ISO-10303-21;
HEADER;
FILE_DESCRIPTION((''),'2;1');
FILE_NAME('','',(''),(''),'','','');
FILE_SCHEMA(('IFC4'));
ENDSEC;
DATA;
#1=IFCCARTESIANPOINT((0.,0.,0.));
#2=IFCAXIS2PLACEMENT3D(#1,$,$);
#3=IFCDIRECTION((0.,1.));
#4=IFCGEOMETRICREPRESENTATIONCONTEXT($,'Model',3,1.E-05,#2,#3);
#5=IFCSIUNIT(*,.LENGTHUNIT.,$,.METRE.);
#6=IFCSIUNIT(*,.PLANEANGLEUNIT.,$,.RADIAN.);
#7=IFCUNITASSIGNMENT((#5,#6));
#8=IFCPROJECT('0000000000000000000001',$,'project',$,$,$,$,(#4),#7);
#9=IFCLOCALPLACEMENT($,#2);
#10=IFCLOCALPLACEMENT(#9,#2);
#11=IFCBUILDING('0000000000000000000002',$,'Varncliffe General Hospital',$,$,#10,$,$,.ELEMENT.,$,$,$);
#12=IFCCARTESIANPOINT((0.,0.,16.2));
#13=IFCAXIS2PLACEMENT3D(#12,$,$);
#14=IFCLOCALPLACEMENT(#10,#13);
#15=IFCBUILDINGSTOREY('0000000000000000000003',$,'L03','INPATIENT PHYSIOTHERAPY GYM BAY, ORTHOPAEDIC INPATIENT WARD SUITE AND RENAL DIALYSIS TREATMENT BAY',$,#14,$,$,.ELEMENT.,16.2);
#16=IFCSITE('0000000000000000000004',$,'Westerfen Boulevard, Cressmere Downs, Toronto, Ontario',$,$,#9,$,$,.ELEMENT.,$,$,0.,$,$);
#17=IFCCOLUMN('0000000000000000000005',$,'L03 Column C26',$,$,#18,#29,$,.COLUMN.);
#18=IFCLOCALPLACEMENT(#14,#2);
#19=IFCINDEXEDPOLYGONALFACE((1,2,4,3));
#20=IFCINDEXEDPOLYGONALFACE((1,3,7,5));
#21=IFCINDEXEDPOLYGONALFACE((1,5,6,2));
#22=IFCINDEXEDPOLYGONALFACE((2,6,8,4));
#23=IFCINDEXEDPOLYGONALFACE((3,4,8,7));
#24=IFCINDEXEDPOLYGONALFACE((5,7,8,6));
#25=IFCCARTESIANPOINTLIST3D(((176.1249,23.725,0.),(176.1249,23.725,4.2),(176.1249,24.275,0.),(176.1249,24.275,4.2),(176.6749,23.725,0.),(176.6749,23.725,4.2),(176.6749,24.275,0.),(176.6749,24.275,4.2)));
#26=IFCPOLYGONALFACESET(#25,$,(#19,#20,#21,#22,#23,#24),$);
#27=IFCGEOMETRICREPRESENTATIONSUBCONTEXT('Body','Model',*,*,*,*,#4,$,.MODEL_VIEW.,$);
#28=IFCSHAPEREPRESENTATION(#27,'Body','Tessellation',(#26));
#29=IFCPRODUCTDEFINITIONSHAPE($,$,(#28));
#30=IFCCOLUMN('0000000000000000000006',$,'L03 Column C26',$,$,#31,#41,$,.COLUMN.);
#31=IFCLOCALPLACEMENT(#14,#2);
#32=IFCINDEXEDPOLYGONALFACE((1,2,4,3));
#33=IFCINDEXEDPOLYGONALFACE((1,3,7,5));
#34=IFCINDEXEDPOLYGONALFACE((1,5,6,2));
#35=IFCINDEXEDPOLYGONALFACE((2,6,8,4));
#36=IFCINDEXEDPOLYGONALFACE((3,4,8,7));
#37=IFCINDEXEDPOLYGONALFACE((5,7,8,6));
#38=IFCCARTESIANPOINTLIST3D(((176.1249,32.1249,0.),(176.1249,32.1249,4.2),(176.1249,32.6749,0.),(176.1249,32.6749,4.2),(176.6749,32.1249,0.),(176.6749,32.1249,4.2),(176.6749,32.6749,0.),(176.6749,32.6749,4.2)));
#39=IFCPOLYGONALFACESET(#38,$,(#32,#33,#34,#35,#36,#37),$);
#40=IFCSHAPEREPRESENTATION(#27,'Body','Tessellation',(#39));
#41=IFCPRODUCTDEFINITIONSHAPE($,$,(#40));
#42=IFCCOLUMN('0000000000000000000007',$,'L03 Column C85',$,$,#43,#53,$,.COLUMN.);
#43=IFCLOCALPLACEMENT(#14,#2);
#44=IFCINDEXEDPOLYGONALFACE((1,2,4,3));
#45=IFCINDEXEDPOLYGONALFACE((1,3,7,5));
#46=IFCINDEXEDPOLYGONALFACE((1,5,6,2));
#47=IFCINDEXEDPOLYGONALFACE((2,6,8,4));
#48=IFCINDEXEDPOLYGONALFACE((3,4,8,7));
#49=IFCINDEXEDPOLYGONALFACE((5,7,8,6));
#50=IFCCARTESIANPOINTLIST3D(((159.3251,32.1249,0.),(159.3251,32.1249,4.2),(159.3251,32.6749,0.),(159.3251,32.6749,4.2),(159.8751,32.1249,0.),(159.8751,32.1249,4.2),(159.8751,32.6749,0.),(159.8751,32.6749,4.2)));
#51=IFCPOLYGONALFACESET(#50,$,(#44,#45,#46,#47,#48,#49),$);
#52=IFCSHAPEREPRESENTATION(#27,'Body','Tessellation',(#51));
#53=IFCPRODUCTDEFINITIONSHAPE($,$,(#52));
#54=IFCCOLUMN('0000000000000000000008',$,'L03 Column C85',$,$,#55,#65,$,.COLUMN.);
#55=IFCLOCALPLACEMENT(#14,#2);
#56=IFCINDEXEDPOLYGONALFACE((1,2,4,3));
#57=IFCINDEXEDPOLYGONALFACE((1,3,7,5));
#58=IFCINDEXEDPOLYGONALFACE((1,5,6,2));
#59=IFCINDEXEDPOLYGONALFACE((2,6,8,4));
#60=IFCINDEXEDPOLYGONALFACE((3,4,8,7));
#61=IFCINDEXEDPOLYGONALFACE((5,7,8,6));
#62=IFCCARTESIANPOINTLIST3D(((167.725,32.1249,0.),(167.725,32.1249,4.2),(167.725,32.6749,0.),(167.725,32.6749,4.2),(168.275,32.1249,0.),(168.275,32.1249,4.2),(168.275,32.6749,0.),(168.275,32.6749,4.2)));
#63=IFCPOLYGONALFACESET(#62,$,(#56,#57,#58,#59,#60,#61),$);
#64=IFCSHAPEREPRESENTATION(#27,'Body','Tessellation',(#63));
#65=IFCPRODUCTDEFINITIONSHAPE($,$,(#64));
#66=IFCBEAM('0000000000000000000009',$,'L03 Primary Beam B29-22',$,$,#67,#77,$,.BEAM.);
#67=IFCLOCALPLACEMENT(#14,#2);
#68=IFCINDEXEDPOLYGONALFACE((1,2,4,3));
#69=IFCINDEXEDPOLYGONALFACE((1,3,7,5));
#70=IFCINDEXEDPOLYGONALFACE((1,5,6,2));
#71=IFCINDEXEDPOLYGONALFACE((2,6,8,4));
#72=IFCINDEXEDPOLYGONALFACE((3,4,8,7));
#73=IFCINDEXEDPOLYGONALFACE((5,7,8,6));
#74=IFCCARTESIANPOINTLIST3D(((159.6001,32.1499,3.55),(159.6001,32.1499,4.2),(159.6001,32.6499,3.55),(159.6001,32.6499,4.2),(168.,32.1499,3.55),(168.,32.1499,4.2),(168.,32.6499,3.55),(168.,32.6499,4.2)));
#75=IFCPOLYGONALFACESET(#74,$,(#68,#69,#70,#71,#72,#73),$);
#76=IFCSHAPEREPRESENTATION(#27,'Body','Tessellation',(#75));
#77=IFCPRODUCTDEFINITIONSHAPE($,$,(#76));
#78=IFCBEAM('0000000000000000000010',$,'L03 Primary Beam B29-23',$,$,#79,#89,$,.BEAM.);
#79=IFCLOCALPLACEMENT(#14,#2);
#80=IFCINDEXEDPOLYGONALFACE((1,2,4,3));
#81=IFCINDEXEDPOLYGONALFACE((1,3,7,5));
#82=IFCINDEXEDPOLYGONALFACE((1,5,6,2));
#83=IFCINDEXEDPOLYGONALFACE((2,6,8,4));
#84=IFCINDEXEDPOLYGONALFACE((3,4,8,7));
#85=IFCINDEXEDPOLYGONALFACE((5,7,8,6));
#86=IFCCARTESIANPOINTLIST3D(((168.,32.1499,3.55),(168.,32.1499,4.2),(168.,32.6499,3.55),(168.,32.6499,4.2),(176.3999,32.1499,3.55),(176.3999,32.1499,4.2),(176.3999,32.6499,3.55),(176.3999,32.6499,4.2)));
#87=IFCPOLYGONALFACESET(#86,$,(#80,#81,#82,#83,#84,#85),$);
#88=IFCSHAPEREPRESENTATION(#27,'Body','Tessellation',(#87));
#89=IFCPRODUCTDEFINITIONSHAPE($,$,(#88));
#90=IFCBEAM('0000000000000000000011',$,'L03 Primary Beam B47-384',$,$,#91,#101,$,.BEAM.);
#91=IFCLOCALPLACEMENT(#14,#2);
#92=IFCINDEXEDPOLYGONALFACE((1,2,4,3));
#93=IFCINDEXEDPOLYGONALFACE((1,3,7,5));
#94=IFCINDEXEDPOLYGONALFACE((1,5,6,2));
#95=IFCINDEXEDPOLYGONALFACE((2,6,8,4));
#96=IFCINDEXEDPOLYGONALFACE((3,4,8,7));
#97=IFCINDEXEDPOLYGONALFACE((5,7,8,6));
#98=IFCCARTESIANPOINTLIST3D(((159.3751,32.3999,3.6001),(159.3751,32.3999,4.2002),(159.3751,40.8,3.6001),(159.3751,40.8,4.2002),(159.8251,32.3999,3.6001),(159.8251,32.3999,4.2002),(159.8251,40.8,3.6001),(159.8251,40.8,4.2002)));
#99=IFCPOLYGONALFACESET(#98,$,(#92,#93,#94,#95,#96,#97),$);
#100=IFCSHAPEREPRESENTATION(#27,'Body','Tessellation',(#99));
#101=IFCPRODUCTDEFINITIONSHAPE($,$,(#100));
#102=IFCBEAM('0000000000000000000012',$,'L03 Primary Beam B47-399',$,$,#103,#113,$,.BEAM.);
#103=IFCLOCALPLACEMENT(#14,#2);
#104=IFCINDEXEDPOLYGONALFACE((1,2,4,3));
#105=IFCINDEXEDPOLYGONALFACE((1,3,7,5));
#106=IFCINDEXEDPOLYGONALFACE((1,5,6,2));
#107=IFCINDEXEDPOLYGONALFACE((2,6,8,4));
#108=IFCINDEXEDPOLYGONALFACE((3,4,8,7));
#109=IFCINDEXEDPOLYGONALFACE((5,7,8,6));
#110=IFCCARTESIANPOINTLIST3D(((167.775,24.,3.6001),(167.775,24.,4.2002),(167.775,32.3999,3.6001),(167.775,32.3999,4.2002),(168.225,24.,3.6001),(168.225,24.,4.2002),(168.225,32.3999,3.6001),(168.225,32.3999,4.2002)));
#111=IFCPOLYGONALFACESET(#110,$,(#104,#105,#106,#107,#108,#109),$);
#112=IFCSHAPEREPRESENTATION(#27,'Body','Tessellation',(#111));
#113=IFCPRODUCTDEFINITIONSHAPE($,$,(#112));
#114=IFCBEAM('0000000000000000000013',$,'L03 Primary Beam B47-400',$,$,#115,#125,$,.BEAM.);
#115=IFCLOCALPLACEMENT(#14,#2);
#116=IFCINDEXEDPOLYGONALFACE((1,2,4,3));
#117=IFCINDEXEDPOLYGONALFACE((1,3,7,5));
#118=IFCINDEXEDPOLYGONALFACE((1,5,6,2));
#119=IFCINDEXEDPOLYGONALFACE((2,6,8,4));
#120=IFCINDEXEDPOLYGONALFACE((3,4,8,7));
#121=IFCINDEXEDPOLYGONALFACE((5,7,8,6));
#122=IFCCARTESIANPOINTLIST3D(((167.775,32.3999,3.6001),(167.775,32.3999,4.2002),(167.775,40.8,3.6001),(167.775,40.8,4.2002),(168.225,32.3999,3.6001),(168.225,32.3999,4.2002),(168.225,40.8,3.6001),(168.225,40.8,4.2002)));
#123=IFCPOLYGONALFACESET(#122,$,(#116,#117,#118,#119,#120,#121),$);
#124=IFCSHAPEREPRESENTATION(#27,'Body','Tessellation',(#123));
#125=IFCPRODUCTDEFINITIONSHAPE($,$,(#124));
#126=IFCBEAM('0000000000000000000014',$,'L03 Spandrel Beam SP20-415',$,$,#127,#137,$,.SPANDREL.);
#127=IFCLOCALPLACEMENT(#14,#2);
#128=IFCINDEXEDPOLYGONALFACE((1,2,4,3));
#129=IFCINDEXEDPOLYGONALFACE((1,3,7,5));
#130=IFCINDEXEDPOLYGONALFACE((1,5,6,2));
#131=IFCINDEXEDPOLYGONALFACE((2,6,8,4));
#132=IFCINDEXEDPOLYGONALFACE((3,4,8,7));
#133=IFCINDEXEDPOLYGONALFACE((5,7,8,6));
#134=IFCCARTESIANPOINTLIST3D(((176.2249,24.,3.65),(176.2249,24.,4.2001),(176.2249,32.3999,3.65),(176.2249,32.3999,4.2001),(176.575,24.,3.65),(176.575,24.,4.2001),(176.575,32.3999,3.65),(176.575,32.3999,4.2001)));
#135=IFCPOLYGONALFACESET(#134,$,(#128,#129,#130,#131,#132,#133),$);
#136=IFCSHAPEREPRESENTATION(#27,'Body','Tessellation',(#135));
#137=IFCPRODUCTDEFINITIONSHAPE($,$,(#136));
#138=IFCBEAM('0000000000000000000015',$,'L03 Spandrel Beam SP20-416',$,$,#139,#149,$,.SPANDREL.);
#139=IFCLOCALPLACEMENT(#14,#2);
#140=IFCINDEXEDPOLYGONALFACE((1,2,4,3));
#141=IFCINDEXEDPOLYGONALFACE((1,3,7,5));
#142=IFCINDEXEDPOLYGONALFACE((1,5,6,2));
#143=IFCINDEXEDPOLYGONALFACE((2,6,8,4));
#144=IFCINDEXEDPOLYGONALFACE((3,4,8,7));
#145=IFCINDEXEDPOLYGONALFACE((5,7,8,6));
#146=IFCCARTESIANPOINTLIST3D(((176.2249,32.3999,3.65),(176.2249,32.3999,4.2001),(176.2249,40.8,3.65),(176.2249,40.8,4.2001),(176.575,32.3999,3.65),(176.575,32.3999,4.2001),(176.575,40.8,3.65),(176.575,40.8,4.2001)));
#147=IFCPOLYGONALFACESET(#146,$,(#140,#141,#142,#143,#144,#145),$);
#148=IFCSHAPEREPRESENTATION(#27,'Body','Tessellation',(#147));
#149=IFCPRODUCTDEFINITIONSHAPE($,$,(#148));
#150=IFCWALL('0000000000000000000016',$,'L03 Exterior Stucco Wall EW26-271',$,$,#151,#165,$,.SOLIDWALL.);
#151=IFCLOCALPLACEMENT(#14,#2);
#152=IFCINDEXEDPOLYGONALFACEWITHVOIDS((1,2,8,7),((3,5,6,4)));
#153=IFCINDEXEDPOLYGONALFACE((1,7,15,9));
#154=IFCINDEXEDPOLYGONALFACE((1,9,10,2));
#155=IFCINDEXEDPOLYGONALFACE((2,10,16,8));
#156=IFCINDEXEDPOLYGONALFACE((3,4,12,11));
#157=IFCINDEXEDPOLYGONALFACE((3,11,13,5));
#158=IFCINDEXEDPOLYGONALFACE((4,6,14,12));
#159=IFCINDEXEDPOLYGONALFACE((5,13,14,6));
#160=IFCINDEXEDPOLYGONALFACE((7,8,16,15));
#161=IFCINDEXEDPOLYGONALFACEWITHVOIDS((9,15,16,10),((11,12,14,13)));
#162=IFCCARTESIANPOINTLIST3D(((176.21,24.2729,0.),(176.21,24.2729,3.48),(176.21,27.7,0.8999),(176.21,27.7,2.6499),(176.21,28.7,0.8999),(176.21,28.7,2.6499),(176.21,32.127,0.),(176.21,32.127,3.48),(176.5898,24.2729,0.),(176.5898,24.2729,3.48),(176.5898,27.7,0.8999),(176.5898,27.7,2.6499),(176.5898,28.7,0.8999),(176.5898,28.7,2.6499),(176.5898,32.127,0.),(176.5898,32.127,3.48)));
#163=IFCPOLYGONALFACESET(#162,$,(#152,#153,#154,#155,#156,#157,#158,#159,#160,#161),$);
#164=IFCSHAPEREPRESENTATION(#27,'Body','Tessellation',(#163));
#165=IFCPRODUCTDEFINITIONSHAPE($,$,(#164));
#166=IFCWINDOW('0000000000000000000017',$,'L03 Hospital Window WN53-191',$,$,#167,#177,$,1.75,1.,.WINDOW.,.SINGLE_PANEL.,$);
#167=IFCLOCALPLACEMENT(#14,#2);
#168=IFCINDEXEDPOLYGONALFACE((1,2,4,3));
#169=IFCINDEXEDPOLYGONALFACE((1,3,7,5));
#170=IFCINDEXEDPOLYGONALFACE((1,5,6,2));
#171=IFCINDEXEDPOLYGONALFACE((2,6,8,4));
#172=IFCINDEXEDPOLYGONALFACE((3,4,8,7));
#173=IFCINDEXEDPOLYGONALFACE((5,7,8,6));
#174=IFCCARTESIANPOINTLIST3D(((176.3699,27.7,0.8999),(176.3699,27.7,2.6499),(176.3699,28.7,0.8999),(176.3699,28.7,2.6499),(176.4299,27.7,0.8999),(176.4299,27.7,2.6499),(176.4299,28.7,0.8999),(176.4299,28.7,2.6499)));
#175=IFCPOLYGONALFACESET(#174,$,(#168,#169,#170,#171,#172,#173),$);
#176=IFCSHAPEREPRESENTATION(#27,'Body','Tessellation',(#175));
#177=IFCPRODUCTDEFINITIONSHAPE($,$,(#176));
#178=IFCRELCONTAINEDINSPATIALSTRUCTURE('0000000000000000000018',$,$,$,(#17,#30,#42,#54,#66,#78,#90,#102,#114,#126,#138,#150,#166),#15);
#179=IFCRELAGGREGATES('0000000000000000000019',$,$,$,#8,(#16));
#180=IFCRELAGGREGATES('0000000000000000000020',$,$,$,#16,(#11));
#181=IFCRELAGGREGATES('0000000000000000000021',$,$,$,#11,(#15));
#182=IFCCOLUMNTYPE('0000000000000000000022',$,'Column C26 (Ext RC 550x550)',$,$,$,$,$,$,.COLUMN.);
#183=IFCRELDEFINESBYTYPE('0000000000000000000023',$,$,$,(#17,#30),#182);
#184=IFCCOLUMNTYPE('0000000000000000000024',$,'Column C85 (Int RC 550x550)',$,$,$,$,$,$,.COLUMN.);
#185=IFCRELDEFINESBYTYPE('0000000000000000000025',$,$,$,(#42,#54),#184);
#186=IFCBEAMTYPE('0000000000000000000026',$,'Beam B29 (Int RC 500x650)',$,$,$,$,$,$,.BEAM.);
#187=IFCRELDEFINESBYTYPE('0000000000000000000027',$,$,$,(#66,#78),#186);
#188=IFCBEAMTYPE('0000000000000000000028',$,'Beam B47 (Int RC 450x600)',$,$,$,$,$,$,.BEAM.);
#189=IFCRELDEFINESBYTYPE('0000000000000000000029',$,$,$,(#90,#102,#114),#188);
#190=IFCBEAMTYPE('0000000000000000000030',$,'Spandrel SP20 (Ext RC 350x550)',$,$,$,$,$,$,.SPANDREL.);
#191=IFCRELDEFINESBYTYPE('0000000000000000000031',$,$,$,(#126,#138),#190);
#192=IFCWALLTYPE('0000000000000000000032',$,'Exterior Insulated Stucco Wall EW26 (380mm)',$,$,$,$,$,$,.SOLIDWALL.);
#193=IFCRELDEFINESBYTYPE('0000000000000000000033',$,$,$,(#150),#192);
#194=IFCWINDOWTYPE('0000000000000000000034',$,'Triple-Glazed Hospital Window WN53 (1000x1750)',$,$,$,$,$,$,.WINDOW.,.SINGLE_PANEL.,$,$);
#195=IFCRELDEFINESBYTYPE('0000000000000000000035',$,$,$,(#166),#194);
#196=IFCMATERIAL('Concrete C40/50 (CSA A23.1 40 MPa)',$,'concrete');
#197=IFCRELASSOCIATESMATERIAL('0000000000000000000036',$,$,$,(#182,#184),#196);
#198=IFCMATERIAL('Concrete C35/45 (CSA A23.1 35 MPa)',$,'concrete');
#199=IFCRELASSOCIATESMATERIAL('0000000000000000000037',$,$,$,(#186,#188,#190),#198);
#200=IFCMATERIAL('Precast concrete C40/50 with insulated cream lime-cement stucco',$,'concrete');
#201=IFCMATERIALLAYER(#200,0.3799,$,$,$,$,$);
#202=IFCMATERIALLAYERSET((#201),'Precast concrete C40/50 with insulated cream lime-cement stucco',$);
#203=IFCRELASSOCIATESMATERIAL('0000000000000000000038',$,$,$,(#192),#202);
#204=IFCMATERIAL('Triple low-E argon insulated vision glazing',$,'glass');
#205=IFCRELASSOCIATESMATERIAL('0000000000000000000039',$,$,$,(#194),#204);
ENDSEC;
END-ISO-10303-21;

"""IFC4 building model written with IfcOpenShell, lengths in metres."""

from ifc_helpers import new_model, si_unit, direction, frame, frame_2d, origin, origin_2d, place, context, subcontext, project, spatial, rectangle, extrude, material, layer, layer_set, material_profile, profile_set, type_object, element, fill, save


model = new_model("IFC4")

# Units and contexts
model_context = context("Model", 3, precision=1e-05, world=origin(), true_north=direction((0.0, 1.0)))
body_context = subcontext(model_context, "Body", "Model", "MODEL_VIEW")
ifc_project = project(units=[si_unit("LENGTHUNIT", "METRE"), si_unit("PLANEANGLEUNIT", "RADIAN")], contexts=[model_context])

# Site, building, storey
site_placement = place(None, origin())
site = spatial("IfcSite", under=ifc_project, at=site_placement, Name="Westerfen Boulevard, Cressmere Downs, Toronto, Ontario", CompositionType="ELEMENT", RefElevation=0.0)
building_placement = place(site_placement, origin())
building = spatial("IfcBuilding", under=site, at=building_placement, Name="Varncliffe General Hospital", CompositionType="ELEMENT")
storey_placement = place(building_placement, frame((0.0, 0.0, 16.2)))
storey = spatial("IfcBuildingStorey", under=building, at=storey_placement, Name="L03", Description="INPATIENT PHYSIOTHERAPY GYM BAY, ORTHOPAEDIC INPATIENT WARD SUITE AND RENAL DIALYSIS TREATMENT BAY", CompositionType="ELEMENT", Elevation=16.2)

# Columns
ifc_material_1 = material(Name="Concrete C40/50 (CSA A23.1 40 MPa)", Category="concrete")
ifc_material_profile_1 = material_profile(ifc_material_1, rectangle(XDim=0.55, YDim=0.55, at=origin_2d()), Name="RC 550x550")
ifc_profile_set_1 = profile_set([ifc_material_profile_1], Name="Concrete C40/50 (CSA A23.1 40 MPa)")
column_type_1 = type_object("IfcColumnType", Name="Column C26 (Ext RC 550x550)", PredefinedType="COLUMN", material=ifc_profile_set_1)
for number, where, z_axis, x_axis, name in (
    (1, (176.3999, 24.0, 0.0), (0.0, 0.0, 1.0), (1.0, 0.0, 0.0), "L03 Column C26"),
    (2, (176.3999, 32.3999, 0.0), (0.0, 0.0, 1.0), (1.0, 0.0, 0.0), "L03 Column C26"),
):
    element("IfcColumn", number, at=place(storey_placement, frame(where, z_axis=z_axis, x_axis=x_axis)), inside=storey, type_object=column_type_1, Name=name, PredefinedType="COLUMN", context=body_context, shape_type="SweptSolid", body=[
        extrude(rectangle(XDim=0.55, YDim=0.55, at=origin_2d()), origin(), (0.0, 0.0, 1.0), 4.2),
    ])
ifc_material_profile_2 = material_profile(ifc_material_1, rectangle(XDim=0.55, YDim=0.55, at=origin_2d()), Name="RC 550x550")
ifc_profile_set_2 = profile_set([ifc_material_profile_2], Name="Concrete C40/50 (CSA A23.1 40 MPa)")
column_type_2 = type_object("IfcColumnType", Name="Column C85 (Int RC 550x550)", PredefinedType="COLUMN", material=ifc_profile_set_2)
for number, where, z_axis, x_axis, name in (
    (3, (159.6001, 32.3999, 0.0), (0.0, 0.0, 1.0), (1.0, 0.0, 0.0), "L03 Column C85"),
    (4, (168.0, 32.3999, 0.0), (0.0, 0.0, 1.0), (1.0, 0.0, 0.0), "L03 Column C85"),
):
    element("IfcColumn", number, at=place(storey_placement, frame(where, z_axis=z_axis, x_axis=x_axis)), inside=storey, type_object=column_type_2, Name=name, PredefinedType="COLUMN", context=body_context, shape_type="SweptSolid", body=[
        extrude(rectangle(XDim=0.55, YDim=0.55, at=origin_2d()), origin(), (0.0, 0.0, 1.0), 4.2),
    ])

# Beams
ifc_material_2 = material(Name="Concrete C35/45 (CSA A23.1 35 MPa)", Category="concrete")
ifc_material_profile_3 = material_profile(ifc_material_2, rectangle(XDim=0.5, YDim=0.6499, at=origin_2d()), Name="RC 500x650")
ifc_profile_set_3 = profile_set([ifc_material_profile_3], Name="Concrete C35/45 (CSA A23.1 35 MPa)")
beam_type_1 = type_object("IfcBeamType", Name="Beam B29 (Int RC 500x650)", PredefinedType="BEAM", material=ifc_profile_set_3)
for number, where, z_axis, x_axis, name in (
    (5, (159.6001, 32.3999, 3.875), (1.0, 0.0, 0.0), (0.0, 1.0, 0.0), "L03 Primary Beam B29-22"),
    (6, (168.0, 32.3999, 3.875), (1.0, 0.0, 0.0), (0.0, 1.0, 0.0), "L03 Primary Beam B29-23"),
):
    element("IfcBeam", number, at=place(storey_placement, frame(where, z_axis=z_axis, x_axis=x_axis)), inside=storey, type_object=beam_type_1, Name=name, PredefinedType="BEAM", context=body_context, shape_type="SweptSolid", body=[
        extrude(rectangle(XDim=0.5, YDim=0.6499, at=origin_2d()), origin(), (0.0, 0.0, 1.0), 8.3999),
    ])
ifc_material_profile_4 = material_profile(ifc_material_2, rectangle(XDim=0.45, YDim=0.6001, at=origin_2d()), Name="RC 450x600")
ifc_profile_set_4 = profile_set([ifc_material_profile_4], Name="Concrete C35/45 (CSA A23.1 35 MPa)")
beam_type_2 = type_object("IfcBeamType", Name="Beam B47 (Int RC 450x600)", PredefinedType="BEAM", material=ifc_profile_set_4)
beam_1_placement = place(storey_placement, frame((159.6001, 32.3999, 3.9001), z_axis=(0.0, 1.0, 0.0), x_axis=(-1.0, 0.0, 0.0)))
element("IfcBeam", 7, at=beam_1_placement, inside=storey, type_object=beam_type_2, Name="L03 Primary Beam B47-384", PredefinedType="BEAM", context=body_context, shape_type="SweptSolid", body=[
    extrude(rectangle(XDim=0.45, YDim=0.6001, at=origin_2d()), origin(), (0.0, 0.0, 1.0), 8.4001),
])
beam_2_placement = place(storey_placement, frame((168.0, 24.0, 3.9001), z_axis=(0.0, 1.0, 0.0), x_axis=(-1.0, 0.0, 0.0)))
element("IfcBeam", 8, at=beam_2_placement, inside=storey, type_object=beam_type_2, Name="L03 Primary Beam B47-399", PredefinedType="BEAM", context=body_context, shape_type="SweptSolid", body=[
    extrude(rectangle(XDim=0.45, YDim=0.6001, at=origin_2d()), origin(), (0.0, 0.0, 1.0), 8.3999),
])
beam_3_placement = place(storey_placement, frame((168.0, 32.3999, 3.9001), z_axis=(0.0, 1.0, 0.0), x_axis=(-1.0, 0.0, 0.0)))
element("IfcBeam", 9, at=beam_3_placement, inside=storey, type_object=beam_type_2, Name="L03 Primary Beam B47-400", PredefinedType="BEAM", context=body_context, shape_type="SweptSolid", body=[
    extrude(rectangle(XDim=0.45, YDim=0.6001, at=origin_2d()), origin(), (0.0, 0.0, 1.0), 8.4001),
])
ifc_material_profile_5 = material_profile(ifc_material_2, rectangle(XDim=0.3501, YDim=0.55, at=origin_2d()), Name="RC 350x550")
ifc_profile_set_5 = profile_set([ifc_material_profile_5], Name="Concrete C35/45 (CSA A23.1 35 MPa)")
beam_type_3 = type_object("IfcBeamType", Name="Spandrel SP20 (Ext RC 350x550)", PredefinedType="SPANDREL", material=ifc_profile_set_5)
beam_4_placement = place(storey_placement, frame((176.3999, 24.0, 3.925), z_axis=(0.0, 1.0, 0.0), x_axis=(-1.0, 0.0, 0.0)))
element("IfcBeam", 10, at=beam_4_placement, inside=storey, type_object=beam_type_3, Name="L03 Spandrel Beam SP20-415", PredefinedType="SPANDREL", context=body_context, shape_type="SweptSolid", body=[
    extrude(rectangle(XDim=0.3501, YDim=0.55, at=origin_2d()), origin(), (0.0, 0.0, 1.0), 8.3999),
])
beam_5_placement = place(storey_placement, frame((176.3999, 32.3999, 3.925), z_axis=(0.0, 1.0, 0.0), x_axis=(-1.0, 0.0, 0.0)))
element("IfcBeam", 11, at=beam_5_placement, inside=storey, type_object=beam_type_3, Name="L03 Spandrel Beam SP20-416", PredefinedType="SPANDREL", context=body_context, shape_type="SweptSolid", body=[
    extrude(rectangle(XDim=0.3501, YDim=0.55, at=origin_2d()), origin(), (0.0, 0.0, 1.0), 8.4001),
])

# Wall, opening, window
ifc_material_3 = material(Name="Precast concrete C40/50 with insulated cream lime-cement stucco", Category="concrete")
ifc_layer_1 = layer(ifc_material_3, 0.3799)
ifc_layer_set_1 = layer_set([ifc_layer_1], Name="Precast concrete C40/50 with insulated cream lime-cement stucco")
wall_type_1 = type_object("IfcWallType", Name="Exterior Insulated Stucco Wall EW26 (380mm)", PredefinedType="SOLIDWALL", material=ifc_layer_set_1)
wall_1_placement = place(storey_placement, frame((176.3999, 32.127, 0.0), z_axis=(0.0, 0.0, 1.0), x_axis=(0.0, -1.0, 0.0)))
wall_1 = element("IfcWall", 12, at=wall_1_placement, inside=storey, type_object=wall_type_1, Name="L03 Exterior Stucco Wall EW26-271", PredefinedType="SOLIDWALL", context=body_context, shape_type="SweptSolid", body=[
    extrude(rectangle(XDim=7.854, YDim=0.3799, at=frame_2d((3.927, 0.0))), origin(), (0.0, 0.0, 1.0), 3.48),
])
opening_1_placement = place(wall_1_placement, frame((3.427, 0.0, 0.8999)))
opening_1 = element("IfcOpeningElement", 13, at=opening_1_placement, cuts=wall_1, PredefinedType="OPENING", context=body_context, shape_type="SweptSolid", body=[
    extrude(rectangle(XDim=1.0, YDim=1.75, at=frame_2d((0.5, 0.875))), frame((0.0, 0.2, 0.0), z_axis=(0.0, -1.0, 0.0), x_axis=(1.0, 0.0, 0.0)), (0.0, 0.0, 1.0), 0.3999),
])
ifc_material_4 = material(Name="Triple low-E argon insulated vision glazing", Category="glass")
window_type_1 = type_object("IfcWindowType", Name="Triple-Glazed Hospital Window WN53 (1000x1750)", PartitioningType="SINGLE_PANEL", PredefinedType="WINDOW", material=ifc_material_4)
window_1_placement = place(opening_1_placement, origin())
window_1 = element("IfcWindow", 14, at=window_1_placement, inside=storey, type_object=window_type_1, Name="L03 Hospital Window WN53-191", OverallHeight=1.75, OverallWidth=1.0, PartitioningType="SINGLE_PANEL", PredefinedType="WINDOW", context=body_context, shape_type="SweptSolid", body=[
    extrude(rectangle(XDim=1.0, YDim=1.75, at=frame_2d((0.5, 0.875))), frame((0.0, 0.03, 0.0), z_axis=(0.0, -1.0, 0.0), x_axis=(1.0, 0.0, 0.0)), (0.0, 0.0, 1.0), 0.0601),
])
fill(opening_1, window_1)

save(model, "model.ifc")
